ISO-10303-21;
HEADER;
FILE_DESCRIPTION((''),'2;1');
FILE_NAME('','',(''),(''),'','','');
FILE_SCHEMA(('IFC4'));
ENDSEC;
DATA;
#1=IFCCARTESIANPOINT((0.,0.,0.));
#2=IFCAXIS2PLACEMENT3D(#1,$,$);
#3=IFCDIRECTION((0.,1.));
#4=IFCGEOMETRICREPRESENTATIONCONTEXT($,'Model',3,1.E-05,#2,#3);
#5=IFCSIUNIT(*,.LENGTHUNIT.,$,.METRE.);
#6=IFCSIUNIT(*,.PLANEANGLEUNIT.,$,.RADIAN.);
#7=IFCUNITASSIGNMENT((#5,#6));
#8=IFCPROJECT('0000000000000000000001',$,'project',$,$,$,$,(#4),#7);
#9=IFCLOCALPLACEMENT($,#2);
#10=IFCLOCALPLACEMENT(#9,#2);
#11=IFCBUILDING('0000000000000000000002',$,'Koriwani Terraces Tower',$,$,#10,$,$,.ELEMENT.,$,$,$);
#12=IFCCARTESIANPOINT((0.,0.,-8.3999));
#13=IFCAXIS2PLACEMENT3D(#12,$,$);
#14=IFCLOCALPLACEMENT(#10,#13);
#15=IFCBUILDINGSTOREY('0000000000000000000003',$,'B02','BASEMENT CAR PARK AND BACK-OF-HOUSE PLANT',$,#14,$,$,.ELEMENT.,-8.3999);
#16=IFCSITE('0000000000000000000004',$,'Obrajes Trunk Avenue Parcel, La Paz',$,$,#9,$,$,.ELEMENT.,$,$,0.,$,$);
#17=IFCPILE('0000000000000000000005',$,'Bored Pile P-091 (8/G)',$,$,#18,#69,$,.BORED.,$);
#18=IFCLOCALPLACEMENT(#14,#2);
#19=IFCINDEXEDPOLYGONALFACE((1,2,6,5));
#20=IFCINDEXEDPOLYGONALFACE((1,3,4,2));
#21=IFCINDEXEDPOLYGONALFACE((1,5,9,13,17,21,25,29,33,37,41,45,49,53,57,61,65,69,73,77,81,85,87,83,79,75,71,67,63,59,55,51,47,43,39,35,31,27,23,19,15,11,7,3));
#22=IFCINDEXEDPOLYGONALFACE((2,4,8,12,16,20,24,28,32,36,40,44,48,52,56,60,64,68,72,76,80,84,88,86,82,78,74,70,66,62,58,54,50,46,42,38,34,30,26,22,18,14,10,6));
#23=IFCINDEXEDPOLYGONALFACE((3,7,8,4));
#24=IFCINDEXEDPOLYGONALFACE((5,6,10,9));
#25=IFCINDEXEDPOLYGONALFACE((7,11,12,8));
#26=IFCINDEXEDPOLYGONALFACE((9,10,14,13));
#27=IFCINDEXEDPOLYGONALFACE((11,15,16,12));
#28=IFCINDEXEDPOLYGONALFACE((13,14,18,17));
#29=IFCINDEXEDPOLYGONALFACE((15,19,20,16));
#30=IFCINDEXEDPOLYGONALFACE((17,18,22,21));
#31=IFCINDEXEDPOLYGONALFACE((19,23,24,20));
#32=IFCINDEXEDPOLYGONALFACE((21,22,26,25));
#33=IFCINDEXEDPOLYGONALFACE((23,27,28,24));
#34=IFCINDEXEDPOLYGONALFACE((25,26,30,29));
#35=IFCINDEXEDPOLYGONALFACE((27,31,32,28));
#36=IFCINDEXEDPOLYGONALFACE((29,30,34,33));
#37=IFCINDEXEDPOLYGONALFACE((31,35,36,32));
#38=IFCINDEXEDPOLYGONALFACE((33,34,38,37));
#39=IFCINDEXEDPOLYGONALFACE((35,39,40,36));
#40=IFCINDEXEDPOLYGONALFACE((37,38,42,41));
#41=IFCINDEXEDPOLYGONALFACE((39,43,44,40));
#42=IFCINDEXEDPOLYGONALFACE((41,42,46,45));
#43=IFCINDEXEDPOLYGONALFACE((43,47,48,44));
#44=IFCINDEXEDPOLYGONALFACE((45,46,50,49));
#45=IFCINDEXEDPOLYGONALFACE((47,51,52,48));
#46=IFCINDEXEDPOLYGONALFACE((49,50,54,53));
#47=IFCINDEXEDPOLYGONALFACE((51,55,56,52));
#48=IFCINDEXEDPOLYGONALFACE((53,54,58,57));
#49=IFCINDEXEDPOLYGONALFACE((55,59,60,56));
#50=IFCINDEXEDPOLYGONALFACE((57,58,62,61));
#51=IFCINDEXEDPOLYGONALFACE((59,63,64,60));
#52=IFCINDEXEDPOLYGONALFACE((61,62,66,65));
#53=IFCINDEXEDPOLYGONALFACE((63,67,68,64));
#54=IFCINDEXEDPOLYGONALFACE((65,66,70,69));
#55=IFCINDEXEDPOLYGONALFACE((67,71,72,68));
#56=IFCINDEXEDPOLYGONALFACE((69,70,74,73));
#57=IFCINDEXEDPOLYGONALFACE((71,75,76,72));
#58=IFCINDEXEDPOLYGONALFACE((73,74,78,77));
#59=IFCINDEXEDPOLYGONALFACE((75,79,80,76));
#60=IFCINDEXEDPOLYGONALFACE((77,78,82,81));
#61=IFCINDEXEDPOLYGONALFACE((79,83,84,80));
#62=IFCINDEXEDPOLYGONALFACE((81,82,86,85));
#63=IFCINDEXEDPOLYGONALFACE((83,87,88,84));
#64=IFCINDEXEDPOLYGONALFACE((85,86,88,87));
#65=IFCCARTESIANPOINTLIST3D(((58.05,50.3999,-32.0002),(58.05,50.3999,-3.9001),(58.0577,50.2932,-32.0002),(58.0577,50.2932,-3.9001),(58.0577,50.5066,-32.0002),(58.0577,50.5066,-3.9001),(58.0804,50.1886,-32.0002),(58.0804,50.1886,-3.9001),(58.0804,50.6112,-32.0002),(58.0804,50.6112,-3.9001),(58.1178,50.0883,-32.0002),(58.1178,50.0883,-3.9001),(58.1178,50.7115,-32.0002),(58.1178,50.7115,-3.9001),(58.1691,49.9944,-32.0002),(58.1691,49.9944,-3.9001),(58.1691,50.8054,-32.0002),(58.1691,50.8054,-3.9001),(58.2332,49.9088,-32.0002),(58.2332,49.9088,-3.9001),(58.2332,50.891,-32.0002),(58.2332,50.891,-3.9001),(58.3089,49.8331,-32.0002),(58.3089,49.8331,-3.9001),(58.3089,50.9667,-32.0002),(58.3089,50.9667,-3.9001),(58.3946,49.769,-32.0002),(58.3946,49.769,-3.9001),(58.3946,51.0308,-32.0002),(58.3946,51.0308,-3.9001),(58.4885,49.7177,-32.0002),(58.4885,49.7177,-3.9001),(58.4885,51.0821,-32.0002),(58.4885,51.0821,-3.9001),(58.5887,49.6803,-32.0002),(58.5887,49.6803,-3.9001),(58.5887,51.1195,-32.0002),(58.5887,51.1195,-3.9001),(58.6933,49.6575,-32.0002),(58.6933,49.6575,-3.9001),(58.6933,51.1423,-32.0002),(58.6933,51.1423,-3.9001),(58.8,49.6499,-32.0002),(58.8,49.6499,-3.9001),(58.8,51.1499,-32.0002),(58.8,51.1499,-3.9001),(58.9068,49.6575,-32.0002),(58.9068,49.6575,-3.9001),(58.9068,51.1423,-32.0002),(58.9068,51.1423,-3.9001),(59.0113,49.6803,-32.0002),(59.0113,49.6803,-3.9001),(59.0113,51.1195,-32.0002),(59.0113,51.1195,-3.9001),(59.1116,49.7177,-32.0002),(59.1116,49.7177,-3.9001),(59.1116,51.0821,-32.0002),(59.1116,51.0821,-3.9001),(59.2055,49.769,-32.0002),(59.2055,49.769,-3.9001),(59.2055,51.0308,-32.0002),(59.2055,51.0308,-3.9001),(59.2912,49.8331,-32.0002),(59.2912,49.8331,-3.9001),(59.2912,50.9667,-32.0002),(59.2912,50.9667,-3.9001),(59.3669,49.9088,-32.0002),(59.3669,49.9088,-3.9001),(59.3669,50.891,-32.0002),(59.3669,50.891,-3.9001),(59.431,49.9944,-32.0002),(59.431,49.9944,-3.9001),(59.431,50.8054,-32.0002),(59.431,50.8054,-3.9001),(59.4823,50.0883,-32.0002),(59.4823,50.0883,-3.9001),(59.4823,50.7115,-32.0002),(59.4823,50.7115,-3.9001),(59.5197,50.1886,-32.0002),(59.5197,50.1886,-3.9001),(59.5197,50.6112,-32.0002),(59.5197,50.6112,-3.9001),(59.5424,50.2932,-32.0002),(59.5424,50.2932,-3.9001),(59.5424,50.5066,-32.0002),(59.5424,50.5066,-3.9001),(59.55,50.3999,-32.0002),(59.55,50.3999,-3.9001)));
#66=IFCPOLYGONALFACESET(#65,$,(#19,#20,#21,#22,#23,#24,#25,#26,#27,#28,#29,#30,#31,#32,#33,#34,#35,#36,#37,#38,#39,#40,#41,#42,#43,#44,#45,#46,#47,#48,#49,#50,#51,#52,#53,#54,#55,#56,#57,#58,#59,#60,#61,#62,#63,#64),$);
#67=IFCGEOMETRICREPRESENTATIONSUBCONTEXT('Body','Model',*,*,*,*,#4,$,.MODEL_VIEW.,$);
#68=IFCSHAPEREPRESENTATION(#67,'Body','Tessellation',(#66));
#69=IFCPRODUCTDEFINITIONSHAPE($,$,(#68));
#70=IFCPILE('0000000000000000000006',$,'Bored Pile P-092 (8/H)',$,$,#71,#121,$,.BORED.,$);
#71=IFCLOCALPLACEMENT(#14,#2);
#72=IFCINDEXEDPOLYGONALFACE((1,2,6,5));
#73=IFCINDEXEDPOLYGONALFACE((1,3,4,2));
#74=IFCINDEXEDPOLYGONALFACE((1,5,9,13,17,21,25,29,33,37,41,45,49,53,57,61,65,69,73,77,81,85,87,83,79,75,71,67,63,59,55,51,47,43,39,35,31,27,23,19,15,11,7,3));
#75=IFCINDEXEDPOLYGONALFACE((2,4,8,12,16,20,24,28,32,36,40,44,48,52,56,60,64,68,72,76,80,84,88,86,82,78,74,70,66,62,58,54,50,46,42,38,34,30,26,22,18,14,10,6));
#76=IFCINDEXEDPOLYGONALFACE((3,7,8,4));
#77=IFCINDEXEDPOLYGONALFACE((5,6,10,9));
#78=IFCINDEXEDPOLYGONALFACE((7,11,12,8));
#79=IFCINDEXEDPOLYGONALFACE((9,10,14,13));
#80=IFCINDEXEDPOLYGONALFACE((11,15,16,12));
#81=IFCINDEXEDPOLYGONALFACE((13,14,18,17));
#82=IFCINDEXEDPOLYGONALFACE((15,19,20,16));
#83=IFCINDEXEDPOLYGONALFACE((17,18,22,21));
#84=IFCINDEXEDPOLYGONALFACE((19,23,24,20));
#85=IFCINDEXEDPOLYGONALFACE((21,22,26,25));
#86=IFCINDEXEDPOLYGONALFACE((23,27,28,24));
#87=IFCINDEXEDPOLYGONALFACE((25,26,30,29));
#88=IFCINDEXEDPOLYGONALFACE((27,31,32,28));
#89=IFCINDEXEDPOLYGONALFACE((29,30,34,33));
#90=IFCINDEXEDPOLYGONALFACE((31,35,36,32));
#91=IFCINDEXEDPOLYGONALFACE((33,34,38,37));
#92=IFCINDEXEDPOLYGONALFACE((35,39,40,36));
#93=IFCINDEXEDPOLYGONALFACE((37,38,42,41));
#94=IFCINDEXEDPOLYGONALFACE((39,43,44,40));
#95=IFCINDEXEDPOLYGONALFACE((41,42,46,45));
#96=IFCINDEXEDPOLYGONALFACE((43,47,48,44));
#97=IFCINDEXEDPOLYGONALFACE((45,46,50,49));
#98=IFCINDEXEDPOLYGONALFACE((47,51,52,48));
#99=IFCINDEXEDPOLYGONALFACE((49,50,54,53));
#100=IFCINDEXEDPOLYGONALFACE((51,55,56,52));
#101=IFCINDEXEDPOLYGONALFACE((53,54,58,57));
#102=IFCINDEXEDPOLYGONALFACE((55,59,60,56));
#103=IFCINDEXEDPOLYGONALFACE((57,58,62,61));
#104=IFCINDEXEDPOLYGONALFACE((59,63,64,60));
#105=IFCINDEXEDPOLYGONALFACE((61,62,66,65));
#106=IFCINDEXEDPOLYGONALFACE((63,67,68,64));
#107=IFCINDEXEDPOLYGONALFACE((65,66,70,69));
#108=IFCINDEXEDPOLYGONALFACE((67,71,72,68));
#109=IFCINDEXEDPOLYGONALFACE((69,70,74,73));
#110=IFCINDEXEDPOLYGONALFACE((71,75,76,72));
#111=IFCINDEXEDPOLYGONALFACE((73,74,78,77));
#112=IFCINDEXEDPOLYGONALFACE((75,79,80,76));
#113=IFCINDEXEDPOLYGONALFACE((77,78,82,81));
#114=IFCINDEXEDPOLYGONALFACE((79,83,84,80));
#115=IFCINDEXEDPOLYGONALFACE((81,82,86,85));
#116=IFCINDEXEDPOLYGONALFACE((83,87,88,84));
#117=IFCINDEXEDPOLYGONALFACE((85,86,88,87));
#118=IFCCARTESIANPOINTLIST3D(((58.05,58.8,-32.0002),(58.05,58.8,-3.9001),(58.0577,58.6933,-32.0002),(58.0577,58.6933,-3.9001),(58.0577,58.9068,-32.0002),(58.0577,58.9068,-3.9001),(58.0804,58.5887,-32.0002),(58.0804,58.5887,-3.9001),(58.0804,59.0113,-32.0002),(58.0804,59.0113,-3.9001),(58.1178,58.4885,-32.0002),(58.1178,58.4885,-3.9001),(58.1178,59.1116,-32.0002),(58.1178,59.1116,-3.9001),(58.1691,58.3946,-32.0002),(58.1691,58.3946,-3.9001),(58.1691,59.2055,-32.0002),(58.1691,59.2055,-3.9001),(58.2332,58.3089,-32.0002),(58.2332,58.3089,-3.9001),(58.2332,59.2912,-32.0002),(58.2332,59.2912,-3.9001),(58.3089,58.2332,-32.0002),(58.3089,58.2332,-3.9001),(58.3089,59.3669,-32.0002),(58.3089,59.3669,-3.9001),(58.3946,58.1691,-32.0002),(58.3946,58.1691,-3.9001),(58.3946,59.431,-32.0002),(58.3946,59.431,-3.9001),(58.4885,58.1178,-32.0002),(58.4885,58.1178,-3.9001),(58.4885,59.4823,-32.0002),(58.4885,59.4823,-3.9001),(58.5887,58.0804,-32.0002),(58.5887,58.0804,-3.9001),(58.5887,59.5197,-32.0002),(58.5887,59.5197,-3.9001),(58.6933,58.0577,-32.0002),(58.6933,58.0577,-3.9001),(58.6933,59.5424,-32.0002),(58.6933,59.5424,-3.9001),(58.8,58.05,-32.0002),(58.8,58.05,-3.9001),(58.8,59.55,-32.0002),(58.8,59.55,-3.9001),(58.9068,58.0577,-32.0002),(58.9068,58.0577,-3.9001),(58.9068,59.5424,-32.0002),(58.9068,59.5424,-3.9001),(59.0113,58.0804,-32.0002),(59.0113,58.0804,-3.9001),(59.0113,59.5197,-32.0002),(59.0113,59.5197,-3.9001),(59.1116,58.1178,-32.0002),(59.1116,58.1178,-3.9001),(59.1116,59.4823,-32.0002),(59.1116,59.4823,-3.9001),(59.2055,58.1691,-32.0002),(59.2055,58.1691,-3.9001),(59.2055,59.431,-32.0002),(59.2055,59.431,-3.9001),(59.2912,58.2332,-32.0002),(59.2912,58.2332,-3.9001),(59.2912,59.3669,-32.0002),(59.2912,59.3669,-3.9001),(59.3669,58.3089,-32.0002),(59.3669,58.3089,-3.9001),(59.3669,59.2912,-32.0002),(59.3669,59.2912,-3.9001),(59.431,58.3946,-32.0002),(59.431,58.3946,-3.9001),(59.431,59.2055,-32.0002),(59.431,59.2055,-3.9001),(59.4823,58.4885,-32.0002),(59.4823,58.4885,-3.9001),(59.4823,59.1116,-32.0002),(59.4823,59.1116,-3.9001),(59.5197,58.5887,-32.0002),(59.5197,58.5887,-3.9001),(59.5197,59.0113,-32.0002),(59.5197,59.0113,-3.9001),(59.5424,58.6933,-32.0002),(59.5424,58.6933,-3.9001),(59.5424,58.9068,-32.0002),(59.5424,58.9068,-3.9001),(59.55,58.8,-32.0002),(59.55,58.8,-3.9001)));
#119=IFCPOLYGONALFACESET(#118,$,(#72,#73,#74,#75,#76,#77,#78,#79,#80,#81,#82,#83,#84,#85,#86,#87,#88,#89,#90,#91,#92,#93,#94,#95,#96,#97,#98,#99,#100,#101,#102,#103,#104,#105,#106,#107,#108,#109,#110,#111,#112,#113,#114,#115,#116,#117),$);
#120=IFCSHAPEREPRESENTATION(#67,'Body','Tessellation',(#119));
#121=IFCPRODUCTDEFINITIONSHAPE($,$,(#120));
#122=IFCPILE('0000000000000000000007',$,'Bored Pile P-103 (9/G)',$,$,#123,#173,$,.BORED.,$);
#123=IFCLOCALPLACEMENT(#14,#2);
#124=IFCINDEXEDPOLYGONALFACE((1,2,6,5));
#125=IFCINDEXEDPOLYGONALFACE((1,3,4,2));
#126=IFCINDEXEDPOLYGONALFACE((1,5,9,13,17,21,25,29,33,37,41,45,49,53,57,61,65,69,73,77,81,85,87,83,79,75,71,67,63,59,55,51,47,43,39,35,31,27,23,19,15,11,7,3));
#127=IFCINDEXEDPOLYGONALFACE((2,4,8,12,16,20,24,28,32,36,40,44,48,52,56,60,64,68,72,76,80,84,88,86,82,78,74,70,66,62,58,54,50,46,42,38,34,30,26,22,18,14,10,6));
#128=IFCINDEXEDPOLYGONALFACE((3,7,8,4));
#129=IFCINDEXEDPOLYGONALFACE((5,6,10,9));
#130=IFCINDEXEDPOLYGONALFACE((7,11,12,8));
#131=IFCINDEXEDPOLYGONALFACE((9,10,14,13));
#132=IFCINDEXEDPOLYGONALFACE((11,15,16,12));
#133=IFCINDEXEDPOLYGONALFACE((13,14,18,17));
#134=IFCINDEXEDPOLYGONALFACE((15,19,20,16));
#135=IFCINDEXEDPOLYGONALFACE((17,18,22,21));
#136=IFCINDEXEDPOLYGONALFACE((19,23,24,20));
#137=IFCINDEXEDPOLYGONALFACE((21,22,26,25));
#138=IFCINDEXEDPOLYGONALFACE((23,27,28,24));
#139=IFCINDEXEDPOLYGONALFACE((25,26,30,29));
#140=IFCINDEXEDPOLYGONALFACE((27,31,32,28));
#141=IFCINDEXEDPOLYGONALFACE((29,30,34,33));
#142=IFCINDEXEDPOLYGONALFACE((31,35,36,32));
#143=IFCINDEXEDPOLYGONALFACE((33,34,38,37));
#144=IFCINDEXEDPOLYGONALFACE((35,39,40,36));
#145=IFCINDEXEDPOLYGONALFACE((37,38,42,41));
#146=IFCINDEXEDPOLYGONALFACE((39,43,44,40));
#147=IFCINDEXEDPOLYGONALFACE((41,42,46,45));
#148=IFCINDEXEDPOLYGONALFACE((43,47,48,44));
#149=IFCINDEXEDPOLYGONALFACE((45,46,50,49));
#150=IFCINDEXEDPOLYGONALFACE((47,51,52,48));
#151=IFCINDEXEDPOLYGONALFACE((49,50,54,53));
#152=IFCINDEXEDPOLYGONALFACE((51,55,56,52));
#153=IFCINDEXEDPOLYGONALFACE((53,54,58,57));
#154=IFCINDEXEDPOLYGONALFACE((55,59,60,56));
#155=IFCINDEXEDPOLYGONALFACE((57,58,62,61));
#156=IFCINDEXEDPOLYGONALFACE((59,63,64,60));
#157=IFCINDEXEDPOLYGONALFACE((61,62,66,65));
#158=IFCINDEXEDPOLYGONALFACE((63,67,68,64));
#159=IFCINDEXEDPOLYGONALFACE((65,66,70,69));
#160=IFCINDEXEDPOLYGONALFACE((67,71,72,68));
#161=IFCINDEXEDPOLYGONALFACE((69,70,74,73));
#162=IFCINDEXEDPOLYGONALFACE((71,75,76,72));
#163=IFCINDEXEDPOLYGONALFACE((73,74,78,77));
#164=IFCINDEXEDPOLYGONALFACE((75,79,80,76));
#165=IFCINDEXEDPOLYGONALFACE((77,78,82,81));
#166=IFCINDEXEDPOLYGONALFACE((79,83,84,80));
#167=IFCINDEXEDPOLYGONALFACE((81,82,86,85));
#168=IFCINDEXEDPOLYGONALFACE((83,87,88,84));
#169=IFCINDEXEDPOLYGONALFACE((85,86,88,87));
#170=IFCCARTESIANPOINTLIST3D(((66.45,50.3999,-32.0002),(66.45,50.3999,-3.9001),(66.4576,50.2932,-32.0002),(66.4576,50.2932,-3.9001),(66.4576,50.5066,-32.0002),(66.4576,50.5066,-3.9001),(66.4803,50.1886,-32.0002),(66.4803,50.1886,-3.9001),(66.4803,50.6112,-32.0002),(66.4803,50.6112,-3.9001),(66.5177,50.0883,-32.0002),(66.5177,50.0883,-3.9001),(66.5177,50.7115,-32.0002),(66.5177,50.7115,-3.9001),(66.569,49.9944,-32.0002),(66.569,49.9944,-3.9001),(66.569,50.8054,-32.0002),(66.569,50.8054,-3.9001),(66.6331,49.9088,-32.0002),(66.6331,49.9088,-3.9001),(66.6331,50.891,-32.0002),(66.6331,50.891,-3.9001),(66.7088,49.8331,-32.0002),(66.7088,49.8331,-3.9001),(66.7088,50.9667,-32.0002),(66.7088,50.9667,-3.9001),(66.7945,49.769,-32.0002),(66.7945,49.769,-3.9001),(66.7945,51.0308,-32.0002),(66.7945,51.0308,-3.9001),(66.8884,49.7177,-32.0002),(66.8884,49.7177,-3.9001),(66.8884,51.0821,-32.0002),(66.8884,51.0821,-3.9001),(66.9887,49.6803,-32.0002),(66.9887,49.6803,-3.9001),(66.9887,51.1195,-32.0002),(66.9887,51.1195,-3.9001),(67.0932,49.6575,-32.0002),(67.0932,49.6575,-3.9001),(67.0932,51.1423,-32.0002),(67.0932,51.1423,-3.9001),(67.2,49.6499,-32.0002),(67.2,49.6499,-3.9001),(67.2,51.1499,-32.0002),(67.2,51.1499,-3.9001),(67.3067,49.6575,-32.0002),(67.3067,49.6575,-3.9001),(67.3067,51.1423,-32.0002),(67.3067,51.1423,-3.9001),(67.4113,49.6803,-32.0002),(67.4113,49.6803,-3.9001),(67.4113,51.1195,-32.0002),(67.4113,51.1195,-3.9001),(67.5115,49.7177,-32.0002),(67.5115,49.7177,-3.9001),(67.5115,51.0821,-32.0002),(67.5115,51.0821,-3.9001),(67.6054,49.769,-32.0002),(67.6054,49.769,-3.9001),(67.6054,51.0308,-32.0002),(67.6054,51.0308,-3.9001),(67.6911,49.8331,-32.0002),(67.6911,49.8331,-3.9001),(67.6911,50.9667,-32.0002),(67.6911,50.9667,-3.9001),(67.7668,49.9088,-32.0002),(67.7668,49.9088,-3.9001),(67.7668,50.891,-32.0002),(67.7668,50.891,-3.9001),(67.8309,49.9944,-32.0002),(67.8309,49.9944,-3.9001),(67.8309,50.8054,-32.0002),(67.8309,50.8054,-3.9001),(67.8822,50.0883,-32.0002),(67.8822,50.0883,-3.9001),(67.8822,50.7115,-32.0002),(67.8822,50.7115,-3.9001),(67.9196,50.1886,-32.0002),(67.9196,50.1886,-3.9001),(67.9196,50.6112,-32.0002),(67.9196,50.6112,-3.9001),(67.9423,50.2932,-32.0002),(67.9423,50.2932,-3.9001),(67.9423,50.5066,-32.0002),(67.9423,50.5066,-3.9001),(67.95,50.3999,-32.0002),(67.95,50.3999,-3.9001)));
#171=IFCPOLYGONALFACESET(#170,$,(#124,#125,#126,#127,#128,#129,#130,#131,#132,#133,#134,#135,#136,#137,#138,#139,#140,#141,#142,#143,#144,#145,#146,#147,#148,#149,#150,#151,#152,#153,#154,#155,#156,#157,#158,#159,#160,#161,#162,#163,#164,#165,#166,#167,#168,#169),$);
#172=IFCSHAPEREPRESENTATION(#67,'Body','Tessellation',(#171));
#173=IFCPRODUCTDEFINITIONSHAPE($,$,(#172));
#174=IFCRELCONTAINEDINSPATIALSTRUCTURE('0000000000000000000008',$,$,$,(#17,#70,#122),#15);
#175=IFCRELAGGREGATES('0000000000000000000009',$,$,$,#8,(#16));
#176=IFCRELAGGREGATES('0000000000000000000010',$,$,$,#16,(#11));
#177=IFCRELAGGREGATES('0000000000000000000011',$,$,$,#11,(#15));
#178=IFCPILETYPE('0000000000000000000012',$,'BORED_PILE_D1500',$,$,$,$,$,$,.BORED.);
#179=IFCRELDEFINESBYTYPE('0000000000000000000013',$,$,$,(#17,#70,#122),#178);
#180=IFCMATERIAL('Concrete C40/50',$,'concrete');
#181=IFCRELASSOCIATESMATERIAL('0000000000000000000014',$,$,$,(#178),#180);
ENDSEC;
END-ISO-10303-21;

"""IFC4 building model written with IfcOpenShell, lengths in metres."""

from ifc_helpers import new_model, si_unit, direction, frame, origin, origin_2d, place, context, subcontext, project, spatial, circle, extrude, material, material_profile, profile_set, type_object, element, save


model = new_model("IFC4")

# Units and contexts
model_context = context("Model", 3, precision=1e-05, world=origin(), true_north=direction((0.0, 1.0)))
body_context = subcontext(model_context, "Body", "Model", "MODEL_VIEW")
ifc_project = project(units=[si_unit("LENGTHUNIT", "METRE"), si_unit("PLANEANGLEUNIT", "RADIAN")], contexts=[model_context])

# Site, building, storey
site_placement = place(None, origin())
site = spatial("IfcSite", under=ifc_project, at=site_placement, Name="Obrajes Trunk Avenue Parcel, La Paz", CompositionType="ELEMENT", RefElevation=0.0)
building_placement = place(site_placement, origin())
building = spatial("IfcBuilding", under=site, at=building_placement, Name="Koriwani Terraces Tower", CompositionType="ELEMENT")
storey_placement = place(building_placement, frame((0.0, 0.0, -8.3999)))
storey = spatial("IfcBuildingStorey", under=building, at=storey_placement, Name="B02", Description="BASEMENT CAR PARK AND BACK-OF-HOUSE PLANT", CompositionType="ELEMENT", Elevation=-8.3999)

# Piles
ifc_material_1 = material(Name="Concrete C40/50", Category="concrete")
ifc_material_profile_1 = material_profile(ifc_material_1, circle(Radius=0.75, at=origin_2d()), Name="Concrete C40/50")
ifc_profile_set_1 = profile_set([ifc_material_profile_1], Name="Concrete C40/50")
pile_type_1 = type_object("IfcPileType", Name="BORED_PILE_D1500", PredefinedType="BORED", material=ifc_profile_set_1)
for number, where, z_axis, x_axis, name in (
    (1, (58.8, 50.3999, -3.9001), (0.0, 0.0, -1.0), (1.0, 0.0, 0.0), "Bored Pile P-091 (8/G)"),
    (2, (58.8, 58.8, -3.9001), (0.0, 0.0, -1.0), (1.0, 0.0, 0.0), "Bored Pile P-092 (8/H)"),
    (3, (67.2, 50.3999, -3.9001), (0.0, 0.0, -1.0), (1.0, 0.0, 0.0), "Bored Pile P-103 (9/G)"),
):
    element("IfcPile", number, at=place(storey_placement, frame(where, z_axis=z_axis, x_axis=x_axis)), inside=storey, type_object=pile_type_1, Name=name, PredefinedType="BORED", context=body_context, shape_type="SweptSolid", body=[
        extrude(circle(Radius=0.75, at=origin_2d()), origin(), (0.0, 0.0, 1.0), 28.1001),
    ])

save(model, "model.ifc")
